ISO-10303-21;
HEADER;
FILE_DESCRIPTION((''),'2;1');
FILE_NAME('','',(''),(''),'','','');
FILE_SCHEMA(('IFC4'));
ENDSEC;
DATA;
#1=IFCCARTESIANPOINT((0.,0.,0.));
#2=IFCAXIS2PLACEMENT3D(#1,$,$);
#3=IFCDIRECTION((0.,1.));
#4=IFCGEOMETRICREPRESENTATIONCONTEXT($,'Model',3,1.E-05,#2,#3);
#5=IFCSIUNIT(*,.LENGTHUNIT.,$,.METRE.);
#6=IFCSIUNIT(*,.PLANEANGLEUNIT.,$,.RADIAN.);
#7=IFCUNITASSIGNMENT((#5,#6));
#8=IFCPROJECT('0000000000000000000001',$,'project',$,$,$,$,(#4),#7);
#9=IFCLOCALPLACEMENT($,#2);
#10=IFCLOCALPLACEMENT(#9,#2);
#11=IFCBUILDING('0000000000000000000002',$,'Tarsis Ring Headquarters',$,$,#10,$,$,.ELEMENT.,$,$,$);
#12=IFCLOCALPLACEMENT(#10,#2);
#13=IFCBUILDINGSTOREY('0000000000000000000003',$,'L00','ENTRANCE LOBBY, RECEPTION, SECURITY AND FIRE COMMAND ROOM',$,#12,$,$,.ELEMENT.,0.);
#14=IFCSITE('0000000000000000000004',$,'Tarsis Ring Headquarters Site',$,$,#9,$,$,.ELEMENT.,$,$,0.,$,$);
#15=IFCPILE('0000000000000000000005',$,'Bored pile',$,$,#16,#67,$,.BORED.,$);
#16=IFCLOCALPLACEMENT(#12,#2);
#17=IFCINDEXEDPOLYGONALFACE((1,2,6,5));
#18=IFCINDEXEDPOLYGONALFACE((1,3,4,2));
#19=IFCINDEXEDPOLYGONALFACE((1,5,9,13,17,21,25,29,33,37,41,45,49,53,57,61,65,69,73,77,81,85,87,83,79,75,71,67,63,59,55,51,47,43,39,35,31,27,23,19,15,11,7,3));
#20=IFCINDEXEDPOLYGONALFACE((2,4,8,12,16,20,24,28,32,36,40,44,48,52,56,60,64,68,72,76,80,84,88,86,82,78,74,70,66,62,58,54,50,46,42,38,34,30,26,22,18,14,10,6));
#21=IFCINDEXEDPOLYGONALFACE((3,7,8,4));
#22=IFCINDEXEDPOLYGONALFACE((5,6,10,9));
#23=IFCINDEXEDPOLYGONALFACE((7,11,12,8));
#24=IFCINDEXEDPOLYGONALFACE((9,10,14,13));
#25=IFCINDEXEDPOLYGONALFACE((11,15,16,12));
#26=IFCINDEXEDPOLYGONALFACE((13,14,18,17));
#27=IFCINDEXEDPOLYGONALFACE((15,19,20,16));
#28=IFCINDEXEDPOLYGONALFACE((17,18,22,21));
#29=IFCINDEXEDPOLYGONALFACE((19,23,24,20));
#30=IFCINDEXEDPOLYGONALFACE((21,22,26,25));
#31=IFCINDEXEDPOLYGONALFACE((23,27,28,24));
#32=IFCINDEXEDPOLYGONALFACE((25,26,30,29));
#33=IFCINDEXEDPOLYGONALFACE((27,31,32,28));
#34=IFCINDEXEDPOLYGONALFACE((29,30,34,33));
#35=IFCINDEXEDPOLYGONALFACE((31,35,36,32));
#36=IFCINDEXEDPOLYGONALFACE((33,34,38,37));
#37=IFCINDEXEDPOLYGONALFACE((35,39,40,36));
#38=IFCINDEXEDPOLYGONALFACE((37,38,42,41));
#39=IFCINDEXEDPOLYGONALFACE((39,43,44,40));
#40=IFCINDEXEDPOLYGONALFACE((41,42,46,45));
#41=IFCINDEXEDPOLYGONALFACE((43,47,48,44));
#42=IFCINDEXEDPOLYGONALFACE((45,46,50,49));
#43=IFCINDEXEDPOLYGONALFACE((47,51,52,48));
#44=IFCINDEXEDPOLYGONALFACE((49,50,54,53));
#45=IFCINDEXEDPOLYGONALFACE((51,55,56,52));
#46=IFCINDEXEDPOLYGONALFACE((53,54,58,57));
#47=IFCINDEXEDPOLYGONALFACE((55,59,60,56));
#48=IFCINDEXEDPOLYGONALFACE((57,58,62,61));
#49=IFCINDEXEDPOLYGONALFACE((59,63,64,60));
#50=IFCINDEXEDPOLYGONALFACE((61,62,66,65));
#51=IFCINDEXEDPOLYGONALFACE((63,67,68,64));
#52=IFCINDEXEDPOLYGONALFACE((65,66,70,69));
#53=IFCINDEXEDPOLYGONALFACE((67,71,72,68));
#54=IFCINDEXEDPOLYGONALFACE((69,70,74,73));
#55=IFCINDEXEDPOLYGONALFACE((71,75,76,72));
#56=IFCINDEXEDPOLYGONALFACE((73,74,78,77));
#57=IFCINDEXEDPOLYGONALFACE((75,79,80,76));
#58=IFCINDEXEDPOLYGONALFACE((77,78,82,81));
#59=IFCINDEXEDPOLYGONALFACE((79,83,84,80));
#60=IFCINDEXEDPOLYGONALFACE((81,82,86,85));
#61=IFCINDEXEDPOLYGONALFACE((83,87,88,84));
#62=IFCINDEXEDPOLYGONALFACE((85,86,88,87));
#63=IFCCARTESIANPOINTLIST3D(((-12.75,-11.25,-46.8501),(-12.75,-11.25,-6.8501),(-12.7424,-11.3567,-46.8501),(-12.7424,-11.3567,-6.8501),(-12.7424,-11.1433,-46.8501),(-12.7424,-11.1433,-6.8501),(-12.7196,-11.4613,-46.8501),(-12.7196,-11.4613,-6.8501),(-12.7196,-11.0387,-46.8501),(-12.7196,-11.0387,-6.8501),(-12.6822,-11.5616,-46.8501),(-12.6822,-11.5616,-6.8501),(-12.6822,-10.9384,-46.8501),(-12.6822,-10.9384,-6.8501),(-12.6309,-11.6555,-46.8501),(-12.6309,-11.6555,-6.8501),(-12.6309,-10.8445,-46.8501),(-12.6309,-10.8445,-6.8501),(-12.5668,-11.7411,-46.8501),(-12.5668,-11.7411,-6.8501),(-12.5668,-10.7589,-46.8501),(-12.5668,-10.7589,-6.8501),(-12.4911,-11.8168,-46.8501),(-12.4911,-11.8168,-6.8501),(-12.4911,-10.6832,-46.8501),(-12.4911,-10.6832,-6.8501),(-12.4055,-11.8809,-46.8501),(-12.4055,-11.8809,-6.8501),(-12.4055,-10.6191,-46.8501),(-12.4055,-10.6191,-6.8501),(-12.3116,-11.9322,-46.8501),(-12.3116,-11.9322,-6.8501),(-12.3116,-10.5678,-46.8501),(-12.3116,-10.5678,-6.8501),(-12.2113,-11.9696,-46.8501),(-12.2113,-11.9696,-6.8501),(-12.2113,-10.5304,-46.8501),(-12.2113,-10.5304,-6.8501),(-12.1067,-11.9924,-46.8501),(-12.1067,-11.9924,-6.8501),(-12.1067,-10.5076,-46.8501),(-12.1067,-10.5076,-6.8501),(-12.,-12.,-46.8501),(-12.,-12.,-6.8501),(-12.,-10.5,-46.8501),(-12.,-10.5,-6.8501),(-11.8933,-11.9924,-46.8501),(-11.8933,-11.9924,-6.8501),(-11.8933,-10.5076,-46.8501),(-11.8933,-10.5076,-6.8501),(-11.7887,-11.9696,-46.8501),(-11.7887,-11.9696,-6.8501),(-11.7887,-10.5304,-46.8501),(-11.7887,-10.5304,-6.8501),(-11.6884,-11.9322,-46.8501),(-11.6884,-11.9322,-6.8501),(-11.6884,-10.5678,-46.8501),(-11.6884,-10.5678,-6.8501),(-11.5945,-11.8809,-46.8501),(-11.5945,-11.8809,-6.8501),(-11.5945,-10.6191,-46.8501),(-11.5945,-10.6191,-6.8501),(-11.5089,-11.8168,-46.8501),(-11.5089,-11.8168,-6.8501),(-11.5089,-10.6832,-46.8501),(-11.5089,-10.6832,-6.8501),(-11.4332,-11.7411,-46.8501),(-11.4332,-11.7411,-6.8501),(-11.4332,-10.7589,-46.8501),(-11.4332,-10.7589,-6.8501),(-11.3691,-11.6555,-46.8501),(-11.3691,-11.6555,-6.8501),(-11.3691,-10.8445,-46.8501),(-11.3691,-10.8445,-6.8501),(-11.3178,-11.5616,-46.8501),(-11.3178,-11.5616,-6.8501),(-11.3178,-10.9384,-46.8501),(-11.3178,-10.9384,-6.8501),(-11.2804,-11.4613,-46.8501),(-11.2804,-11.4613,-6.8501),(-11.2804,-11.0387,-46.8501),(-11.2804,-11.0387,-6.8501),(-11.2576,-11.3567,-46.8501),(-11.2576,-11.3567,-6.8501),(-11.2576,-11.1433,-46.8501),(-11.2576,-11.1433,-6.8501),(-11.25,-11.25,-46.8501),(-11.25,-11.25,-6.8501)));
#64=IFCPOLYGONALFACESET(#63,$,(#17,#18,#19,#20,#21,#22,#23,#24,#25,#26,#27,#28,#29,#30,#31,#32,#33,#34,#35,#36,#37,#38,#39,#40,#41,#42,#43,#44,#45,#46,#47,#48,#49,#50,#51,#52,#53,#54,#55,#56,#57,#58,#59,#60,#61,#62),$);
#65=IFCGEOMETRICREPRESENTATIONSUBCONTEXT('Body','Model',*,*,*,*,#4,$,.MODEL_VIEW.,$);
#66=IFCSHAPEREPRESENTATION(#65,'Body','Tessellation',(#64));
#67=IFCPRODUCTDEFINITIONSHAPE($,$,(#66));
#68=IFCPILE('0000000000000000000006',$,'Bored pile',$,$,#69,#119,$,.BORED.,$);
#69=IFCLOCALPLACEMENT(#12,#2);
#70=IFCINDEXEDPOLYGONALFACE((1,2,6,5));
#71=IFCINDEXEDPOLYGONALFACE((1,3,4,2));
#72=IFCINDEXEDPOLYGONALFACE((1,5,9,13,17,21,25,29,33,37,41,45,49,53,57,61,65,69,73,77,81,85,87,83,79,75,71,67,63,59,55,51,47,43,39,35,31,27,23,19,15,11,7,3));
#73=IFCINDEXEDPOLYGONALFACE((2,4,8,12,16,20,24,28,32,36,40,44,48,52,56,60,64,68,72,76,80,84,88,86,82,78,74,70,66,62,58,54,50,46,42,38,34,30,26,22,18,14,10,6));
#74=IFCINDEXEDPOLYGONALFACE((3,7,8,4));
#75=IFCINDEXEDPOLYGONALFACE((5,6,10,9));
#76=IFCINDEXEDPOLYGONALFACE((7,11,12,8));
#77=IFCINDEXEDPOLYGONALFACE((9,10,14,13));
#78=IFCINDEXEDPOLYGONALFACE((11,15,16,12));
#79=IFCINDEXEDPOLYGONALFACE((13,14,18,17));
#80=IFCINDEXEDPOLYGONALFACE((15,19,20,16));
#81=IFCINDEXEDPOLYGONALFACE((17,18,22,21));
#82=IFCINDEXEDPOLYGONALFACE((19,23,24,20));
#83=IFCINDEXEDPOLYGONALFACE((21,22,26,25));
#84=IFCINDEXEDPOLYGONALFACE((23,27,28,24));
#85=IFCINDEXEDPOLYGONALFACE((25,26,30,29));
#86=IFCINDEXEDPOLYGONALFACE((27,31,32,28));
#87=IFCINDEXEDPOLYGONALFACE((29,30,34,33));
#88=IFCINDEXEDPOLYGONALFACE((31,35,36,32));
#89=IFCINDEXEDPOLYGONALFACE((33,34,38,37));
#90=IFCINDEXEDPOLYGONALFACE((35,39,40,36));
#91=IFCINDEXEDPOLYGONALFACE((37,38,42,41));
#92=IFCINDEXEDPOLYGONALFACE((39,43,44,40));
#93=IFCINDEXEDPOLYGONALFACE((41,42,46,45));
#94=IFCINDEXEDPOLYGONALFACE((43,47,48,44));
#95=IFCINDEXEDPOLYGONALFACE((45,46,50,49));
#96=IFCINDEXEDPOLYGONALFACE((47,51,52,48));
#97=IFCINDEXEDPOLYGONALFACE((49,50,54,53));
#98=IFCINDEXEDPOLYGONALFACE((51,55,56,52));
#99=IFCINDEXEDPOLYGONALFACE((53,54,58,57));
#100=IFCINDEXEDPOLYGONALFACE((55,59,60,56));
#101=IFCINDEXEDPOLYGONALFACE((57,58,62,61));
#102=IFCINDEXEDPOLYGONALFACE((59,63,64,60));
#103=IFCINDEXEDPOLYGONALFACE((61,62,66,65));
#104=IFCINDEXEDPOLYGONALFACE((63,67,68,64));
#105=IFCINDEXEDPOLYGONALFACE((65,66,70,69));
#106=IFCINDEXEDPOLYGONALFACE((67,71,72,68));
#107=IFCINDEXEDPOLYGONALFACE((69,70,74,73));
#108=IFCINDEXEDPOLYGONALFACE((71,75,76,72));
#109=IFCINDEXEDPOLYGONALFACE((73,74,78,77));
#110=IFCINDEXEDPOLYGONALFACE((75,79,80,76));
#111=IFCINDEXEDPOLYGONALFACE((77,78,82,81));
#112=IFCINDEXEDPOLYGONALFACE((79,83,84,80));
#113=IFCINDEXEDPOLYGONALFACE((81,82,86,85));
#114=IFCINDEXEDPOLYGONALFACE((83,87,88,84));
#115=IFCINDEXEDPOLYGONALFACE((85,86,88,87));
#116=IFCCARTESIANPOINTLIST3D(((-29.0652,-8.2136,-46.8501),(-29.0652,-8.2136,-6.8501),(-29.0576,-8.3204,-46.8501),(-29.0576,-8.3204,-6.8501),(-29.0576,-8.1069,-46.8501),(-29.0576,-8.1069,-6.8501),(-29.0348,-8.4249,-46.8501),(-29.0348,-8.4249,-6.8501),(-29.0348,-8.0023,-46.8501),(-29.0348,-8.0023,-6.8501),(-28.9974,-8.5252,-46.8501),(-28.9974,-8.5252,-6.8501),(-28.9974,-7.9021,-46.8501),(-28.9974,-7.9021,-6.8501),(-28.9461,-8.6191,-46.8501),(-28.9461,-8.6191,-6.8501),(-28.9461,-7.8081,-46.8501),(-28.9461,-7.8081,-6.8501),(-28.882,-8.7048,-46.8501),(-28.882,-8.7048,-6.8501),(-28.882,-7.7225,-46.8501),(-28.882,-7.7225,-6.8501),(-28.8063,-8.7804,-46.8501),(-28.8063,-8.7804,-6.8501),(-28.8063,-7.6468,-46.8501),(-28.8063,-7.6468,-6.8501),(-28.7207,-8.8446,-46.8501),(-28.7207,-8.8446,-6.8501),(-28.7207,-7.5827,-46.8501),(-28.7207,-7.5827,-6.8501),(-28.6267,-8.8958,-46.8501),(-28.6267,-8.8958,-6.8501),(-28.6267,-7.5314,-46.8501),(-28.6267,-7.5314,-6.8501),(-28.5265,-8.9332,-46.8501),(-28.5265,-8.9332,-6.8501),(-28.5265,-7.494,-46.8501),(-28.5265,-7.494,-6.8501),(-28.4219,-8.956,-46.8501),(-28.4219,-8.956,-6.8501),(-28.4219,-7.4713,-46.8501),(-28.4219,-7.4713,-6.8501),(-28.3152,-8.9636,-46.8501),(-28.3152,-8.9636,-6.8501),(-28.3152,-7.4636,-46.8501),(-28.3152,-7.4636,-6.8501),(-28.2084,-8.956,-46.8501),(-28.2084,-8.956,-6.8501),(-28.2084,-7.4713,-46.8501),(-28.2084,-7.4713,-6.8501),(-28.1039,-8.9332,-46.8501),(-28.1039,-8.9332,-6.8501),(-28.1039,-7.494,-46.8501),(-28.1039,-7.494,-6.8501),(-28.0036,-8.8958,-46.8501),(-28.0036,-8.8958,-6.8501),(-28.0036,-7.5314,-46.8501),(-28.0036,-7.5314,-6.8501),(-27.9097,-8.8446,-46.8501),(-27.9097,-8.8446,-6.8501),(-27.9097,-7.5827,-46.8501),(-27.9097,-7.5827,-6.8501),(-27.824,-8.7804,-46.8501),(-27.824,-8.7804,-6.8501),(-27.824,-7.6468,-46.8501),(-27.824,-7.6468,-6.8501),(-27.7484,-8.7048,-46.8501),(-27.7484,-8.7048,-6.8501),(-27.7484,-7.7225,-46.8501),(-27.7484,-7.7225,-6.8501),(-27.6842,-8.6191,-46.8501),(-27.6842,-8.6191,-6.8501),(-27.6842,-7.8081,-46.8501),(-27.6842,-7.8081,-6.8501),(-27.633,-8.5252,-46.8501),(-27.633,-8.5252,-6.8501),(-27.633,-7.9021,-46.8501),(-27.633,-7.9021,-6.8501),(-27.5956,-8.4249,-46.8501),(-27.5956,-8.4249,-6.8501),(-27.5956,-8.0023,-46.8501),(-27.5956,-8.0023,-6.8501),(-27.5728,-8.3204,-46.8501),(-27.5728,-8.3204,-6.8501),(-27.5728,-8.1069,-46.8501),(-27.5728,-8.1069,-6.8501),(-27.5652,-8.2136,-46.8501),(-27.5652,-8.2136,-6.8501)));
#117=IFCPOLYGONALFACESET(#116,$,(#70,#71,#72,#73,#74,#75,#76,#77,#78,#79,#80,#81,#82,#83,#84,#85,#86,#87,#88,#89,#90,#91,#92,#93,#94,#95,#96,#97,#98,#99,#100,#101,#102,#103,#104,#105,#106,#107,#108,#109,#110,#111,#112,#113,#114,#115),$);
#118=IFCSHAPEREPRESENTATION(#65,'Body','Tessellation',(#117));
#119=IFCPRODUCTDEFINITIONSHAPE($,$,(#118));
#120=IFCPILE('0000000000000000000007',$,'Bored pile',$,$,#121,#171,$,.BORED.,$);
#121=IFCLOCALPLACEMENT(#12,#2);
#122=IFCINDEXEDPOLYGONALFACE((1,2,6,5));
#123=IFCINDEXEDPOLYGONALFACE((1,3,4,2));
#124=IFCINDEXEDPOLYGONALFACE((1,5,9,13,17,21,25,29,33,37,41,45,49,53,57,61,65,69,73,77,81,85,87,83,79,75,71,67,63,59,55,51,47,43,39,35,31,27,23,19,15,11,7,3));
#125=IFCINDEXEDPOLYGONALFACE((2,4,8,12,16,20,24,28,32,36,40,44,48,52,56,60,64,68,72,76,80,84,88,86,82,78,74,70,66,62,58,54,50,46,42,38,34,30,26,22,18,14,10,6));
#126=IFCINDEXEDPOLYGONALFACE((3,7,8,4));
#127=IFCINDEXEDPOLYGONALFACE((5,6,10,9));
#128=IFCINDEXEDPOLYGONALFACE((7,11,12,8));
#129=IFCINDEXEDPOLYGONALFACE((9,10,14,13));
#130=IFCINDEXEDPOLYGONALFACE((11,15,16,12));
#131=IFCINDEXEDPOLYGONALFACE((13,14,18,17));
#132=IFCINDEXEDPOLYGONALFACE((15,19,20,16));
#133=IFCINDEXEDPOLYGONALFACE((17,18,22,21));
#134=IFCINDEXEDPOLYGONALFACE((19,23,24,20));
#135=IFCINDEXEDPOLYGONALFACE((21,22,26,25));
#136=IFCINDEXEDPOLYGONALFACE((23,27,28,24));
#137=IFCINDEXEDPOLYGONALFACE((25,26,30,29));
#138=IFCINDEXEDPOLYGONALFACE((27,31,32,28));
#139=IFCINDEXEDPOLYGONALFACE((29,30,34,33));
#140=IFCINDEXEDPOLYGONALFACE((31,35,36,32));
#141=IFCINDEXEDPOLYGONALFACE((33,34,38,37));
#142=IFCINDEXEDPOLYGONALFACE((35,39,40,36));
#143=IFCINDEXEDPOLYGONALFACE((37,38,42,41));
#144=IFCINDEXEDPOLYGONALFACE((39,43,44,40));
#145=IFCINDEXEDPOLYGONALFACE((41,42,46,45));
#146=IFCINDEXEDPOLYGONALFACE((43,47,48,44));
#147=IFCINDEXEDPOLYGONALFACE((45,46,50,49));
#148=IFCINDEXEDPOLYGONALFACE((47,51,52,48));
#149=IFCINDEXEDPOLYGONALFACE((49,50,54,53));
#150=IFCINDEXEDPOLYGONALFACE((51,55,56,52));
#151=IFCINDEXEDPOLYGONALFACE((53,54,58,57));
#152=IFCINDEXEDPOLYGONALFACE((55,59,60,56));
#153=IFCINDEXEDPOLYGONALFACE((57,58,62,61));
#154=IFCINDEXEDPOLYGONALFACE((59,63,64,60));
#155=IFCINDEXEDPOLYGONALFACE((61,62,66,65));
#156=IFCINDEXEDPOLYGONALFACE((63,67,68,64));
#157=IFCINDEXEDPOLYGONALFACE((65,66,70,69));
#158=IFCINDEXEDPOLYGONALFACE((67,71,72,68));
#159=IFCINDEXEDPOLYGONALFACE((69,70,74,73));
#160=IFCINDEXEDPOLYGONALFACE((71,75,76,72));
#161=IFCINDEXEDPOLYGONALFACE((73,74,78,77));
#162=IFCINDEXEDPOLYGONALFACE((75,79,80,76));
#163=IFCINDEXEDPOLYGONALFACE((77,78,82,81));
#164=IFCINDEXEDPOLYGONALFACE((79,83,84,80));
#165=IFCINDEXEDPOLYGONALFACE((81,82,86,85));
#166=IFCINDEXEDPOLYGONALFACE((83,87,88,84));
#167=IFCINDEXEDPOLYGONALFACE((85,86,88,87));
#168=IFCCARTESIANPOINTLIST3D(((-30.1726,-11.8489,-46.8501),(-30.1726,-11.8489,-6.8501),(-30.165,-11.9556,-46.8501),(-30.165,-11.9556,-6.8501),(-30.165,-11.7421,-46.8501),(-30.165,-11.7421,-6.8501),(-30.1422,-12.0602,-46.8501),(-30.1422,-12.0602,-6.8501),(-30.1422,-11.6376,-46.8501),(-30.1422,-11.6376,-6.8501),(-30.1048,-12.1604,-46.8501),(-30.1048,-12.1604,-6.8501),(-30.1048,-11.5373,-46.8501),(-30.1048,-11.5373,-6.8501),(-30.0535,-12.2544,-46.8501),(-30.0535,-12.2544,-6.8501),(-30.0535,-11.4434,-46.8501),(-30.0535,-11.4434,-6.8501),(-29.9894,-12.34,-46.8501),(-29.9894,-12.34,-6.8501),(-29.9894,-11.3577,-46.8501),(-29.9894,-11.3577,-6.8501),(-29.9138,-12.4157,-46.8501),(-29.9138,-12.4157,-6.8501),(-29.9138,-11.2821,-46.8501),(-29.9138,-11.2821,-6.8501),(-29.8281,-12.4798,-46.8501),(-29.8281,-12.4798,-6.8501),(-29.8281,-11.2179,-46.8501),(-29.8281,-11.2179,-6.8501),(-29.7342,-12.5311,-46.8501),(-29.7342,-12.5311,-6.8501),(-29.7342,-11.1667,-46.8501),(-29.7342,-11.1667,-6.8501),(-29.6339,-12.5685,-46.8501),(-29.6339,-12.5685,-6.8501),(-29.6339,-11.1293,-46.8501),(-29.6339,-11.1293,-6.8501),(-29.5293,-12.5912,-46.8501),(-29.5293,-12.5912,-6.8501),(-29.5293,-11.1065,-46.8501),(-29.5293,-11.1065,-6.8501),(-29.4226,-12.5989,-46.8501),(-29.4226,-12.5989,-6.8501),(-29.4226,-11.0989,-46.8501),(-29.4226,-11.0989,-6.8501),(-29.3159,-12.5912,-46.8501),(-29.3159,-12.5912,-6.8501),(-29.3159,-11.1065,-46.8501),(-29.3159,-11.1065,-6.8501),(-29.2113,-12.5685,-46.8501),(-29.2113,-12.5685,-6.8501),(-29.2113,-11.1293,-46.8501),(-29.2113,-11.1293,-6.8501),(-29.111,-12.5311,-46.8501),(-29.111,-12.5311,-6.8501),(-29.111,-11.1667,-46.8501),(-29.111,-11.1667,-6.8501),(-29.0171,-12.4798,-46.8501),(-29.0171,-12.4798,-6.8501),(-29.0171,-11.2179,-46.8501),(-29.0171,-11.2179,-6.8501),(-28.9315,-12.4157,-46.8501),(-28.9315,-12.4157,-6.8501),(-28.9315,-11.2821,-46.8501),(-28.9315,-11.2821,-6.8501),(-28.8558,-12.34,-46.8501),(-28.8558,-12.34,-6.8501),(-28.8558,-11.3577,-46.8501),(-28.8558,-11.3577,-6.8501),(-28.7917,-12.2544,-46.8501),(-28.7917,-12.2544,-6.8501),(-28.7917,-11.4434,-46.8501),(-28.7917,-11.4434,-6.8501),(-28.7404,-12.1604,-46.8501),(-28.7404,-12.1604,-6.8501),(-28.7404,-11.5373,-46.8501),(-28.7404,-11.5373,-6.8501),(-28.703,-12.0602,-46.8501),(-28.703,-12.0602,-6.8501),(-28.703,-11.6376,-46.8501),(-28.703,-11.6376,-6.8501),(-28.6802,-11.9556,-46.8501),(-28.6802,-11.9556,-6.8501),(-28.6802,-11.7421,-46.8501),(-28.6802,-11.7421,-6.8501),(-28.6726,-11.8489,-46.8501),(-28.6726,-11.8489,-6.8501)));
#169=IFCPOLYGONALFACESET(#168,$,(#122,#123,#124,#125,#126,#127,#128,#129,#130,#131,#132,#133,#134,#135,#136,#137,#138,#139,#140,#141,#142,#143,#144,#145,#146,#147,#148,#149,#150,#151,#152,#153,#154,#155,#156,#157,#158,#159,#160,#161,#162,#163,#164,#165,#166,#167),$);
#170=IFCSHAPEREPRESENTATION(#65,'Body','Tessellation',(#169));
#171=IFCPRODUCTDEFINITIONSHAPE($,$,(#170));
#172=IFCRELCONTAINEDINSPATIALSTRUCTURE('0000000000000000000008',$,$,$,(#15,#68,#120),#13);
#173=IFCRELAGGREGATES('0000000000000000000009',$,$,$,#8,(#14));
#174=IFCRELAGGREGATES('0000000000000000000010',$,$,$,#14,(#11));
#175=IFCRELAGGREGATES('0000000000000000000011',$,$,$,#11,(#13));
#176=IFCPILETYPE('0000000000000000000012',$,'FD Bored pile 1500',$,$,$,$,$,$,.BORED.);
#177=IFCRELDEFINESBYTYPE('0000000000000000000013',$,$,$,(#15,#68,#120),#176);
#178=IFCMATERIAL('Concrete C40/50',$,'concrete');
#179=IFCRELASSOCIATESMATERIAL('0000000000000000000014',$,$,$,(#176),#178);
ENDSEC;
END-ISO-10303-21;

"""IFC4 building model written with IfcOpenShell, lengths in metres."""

from ifc_helpers import new_model, si_unit, direction, frame, origin, origin_2d, place, context, subcontext, project, spatial, circle, extrude, material, material_profile, profile_set, type_object, element, save


model = new_model("IFC4")

# Units and contexts
model_context = context("Model", 3, precision=1e-05, world=origin(), true_north=direction((0.0, 1.0)))
body_context = subcontext(model_context, "Body", "Model", "MODEL_VIEW")
ifc_project = project(units=[si_unit("LENGTHUNIT", "METRE"), si_unit("PLANEANGLEUNIT", "RADIAN")], contexts=[model_context])

# Site, building, storey
site_placement = place(None, origin())
site = spatial("IfcSite", under=ifc_project, at=site_placement, Name="Tarsis Ring Headquarters Site", CompositionType="ELEMENT", RefElevation=0.0)
building_placement = place(site_placement, origin())
building = spatial("IfcBuilding", under=site, at=building_placement, Name="Tarsis Ring Headquarters", CompositionType="ELEMENT")
storey_placement = place(building_placement, origin())
storey = spatial("IfcBuildingStorey", under=building, at=storey_placement, Name="L00", Description="ENTRANCE LOBBY, RECEPTION, SECURITY AND FIRE COMMAND ROOM", CompositionType="ELEMENT", Elevation=0.0)

# Piles
ifc_material_1 = material(Name="Concrete C40/50", Category="concrete")
ifc_material_profile_1 = material_profile(ifc_material_1, circle(Radius=0.75, at=origin_2d()), Name="BORED 1500")
ifc_profile_set_1 = profile_set([ifc_material_profile_1], Name="Concrete C40/50")
pile_type_1 = type_object("IfcPileType", Name="FD Bored pile 1500", PredefinedType="BORED", material=ifc_profile_set_1)
for number, where, z_axis, x_axis, name in (
    (1, (-12.0, -11.25, -6.8501), (0.0, 0.0, -1.0), (1.0, 0.0, 0.0), "Bored pile"),
    (2, (-28.3152, -8.2136, -6.8501), (0.0, 0.0, -1.0), (1.0, 0.0, 0.0), "Bored pile"),
    (3, (-29.4226, -11.8489, -6.8501), (0.0, 0.0, -1.0), (1.0, 0.0, 0.0), "Bored pile"),
):
    element("IfcPile", number, at=place(storey_placement, frame(where, z_axis=z_axis, x_axis=x_axis)), inside=storey, type_object=pile_type_1, Name=name, PredefinedType="BORED", context=body_context, shape_type="SweptSolid", body=[
        extrude(circle(Radius=0.75, at=origin_2d()), origin(), (0.0, 0.0, 1.0), 40.0),
    ])

save(model, "model.ifc")
